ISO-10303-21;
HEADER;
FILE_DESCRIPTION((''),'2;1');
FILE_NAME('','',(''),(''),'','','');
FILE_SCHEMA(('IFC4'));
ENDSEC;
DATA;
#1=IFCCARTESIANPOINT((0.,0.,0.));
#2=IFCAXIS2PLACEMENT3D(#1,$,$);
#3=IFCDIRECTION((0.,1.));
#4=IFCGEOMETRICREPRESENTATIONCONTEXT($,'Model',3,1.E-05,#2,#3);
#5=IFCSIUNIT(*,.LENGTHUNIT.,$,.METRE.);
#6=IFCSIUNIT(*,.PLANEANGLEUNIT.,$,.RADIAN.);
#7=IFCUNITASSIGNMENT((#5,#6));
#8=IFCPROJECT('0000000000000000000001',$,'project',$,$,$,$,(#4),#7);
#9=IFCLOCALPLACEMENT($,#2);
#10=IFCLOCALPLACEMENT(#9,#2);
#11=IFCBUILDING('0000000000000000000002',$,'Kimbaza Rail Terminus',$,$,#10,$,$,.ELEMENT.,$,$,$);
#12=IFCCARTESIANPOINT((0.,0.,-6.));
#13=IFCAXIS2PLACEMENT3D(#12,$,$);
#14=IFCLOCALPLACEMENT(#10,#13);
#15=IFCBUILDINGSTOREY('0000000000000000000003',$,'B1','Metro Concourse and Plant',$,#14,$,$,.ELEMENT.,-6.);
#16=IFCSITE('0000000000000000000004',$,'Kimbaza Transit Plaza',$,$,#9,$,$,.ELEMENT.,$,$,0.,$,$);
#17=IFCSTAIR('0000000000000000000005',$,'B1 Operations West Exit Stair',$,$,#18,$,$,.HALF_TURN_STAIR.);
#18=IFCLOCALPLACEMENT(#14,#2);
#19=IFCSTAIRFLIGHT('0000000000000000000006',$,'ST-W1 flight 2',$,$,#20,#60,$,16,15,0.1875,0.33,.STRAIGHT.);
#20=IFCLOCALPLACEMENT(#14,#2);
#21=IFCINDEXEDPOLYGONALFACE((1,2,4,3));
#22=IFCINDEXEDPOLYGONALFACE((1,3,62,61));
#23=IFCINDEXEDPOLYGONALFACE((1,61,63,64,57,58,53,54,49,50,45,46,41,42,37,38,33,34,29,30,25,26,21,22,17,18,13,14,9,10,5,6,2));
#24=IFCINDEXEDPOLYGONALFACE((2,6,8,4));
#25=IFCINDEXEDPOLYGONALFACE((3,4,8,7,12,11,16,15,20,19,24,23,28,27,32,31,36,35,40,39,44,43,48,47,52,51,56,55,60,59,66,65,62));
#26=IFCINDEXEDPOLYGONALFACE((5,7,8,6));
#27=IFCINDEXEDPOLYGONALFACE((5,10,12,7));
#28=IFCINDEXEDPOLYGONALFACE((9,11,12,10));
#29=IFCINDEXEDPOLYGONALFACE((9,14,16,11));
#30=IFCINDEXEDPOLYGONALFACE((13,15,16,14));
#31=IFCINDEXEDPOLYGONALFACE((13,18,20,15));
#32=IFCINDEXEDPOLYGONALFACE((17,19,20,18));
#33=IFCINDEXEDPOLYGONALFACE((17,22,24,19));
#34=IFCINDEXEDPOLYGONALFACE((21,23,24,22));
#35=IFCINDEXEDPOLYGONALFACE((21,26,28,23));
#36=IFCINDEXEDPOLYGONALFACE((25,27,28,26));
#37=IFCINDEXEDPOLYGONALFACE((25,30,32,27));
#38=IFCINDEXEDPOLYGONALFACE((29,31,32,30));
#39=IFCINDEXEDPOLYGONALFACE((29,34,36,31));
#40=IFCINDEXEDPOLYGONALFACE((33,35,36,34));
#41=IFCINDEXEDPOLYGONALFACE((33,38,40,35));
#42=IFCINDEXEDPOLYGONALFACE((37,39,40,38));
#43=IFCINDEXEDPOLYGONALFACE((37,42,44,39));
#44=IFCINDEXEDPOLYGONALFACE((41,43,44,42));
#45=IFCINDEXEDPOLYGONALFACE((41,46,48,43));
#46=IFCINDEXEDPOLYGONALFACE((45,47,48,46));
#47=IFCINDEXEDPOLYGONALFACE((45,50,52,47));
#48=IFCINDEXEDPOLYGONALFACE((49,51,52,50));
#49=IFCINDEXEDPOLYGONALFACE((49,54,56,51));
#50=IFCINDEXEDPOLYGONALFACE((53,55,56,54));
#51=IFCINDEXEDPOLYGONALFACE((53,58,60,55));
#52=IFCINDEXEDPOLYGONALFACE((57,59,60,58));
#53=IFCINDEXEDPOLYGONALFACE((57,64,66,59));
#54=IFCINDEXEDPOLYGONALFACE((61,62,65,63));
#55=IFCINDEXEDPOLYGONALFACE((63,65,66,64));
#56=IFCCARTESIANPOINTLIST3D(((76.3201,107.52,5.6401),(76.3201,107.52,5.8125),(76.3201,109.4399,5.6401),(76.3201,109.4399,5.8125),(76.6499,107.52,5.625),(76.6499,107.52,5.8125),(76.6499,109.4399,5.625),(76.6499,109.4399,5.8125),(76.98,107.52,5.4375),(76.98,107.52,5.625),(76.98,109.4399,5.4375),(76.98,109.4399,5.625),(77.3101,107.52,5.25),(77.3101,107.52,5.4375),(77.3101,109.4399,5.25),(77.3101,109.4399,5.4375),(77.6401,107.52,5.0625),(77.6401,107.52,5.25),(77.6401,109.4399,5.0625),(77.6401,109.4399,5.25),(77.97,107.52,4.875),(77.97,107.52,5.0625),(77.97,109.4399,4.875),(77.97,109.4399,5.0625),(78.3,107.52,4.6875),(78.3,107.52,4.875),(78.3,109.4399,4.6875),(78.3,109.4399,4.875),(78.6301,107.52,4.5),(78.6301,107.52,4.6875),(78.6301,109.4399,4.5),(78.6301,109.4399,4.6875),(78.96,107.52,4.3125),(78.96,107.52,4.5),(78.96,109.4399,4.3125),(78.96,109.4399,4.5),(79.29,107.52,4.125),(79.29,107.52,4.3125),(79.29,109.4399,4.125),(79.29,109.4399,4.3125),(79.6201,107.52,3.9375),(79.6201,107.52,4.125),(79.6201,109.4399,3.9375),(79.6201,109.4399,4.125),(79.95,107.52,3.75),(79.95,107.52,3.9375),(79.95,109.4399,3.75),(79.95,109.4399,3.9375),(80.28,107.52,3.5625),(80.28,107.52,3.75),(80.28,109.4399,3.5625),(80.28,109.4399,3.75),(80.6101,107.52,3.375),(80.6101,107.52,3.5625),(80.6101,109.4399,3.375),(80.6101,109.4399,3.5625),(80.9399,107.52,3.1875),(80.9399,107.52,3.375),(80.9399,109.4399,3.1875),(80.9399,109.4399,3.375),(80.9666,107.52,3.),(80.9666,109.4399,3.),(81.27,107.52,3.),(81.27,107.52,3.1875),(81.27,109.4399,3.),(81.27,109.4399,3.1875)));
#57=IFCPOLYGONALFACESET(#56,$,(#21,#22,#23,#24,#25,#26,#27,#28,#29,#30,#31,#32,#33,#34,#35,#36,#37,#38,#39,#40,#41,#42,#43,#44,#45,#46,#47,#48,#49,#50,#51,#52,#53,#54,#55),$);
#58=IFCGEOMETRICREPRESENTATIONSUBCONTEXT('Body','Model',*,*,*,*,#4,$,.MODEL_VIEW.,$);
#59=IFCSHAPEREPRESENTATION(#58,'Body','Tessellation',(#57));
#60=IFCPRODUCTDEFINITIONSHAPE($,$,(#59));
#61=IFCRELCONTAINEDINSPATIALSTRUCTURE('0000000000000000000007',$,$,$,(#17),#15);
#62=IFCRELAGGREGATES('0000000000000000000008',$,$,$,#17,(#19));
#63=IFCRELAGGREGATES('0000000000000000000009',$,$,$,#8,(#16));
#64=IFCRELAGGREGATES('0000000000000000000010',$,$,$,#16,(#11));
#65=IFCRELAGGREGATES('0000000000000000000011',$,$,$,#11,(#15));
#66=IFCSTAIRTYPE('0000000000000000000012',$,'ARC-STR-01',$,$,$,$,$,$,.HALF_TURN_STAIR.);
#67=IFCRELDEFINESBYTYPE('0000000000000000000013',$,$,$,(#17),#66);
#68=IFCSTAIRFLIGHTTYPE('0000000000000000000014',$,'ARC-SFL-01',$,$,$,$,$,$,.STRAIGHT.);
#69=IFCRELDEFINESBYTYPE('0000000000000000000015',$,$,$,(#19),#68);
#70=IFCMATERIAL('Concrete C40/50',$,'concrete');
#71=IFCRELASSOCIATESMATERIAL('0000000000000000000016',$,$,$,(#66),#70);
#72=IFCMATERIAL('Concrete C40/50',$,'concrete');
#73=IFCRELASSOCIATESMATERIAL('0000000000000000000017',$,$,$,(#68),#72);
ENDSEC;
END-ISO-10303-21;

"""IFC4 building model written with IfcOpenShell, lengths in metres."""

from ifc_helpers import new_model, si_unit, direction, frame, origin, place, context, subcontext, project, spatial, polyline, outline, extrude, material, type_object, element, aggregate, save


model = new_model("IFC4")

# Units and contexts
model_context = context("Model", 3, precision=1e-05, world=origin(), true_north=direction((0.0, 1.0)))
body_context = subcontext(model_context, "Body", "Model", "MODEL_VIEW")
ifc_project = project(units=[si_unit("LENGTHUNIT", "METRE"), si_unit("PLANEANGLEUNIT", "RADIAN")], contexts=[model_context])

# Site, building, storey
site_placement = place(None, origin())
site = spatial("IfcSite", under=ifc_project, at=site_placement, Name="Kimbaza Transit Plaza", CompositionType="ELEMENT", RefElevation=0.0)
building_placement = place(site_placement, origin())
building = spatial("IfcBuilding", under=site, at=building_placement, Name="Kimbaza Rail Terminus", CompositionType="ELEMENT")
storey_placement = place(building_placement, frame((0.0, 0.0, -6.0)))
storey = spatial("IfcBuildingStorey", under=building, at=storey_placement, Name="B1", Description="Metro Concourse and Plant", CompositionType="ELEMENT", Elevation=-6.0)

# Stair, stair flight
ifc_material_1 = material(Name="Concrete C40/50", Category="concrete")
stair_type = type_object("IfcStairType", Name="ARC-STR-01", PredefinedType="HALF_TURN_STAIR", material=ifc_material_1)
stair_placement = place(storey_placement, origin())
stair = element("IfcStair", 1, at=stair_placement, inside=storey, type_object=stair_type, Name="B1 Operations West Exit Stair", PredefinedType="HALF_TURN_STAIR")
ifc_material_2 = material(Name="Concrete C40/50", Category="concrete")
stair_flight_type = type_object("IfcStairFlightType", Name="ARC-SFL-01", PredefinedType="STRAIGHT", material=ifc_material_2)
stair_flight_placement = place(storey_placement, frame((81.27, 108.48, 3.0), z_axis=(0.0, 0.0, 1.0), x_axis=(-1.0, 0.0, 0.0)))
stair_flight = element("IfcStairFlight", 2, at=stair_flight_placement, type_object=stair_flight_type, Name="ST-W1 flight 2", NumberOfRisers=16, NumberOfTreads=15, PredefinedType="STRAIGHT", RiserHeight=0.1875, TreadLength=0.33, context=body_context, shape_type="SweptSolid", body=[
    extrude(outline(polyline([(0.0, 0.0), (0.0, 0.1875), (0.3301, 0.1875), (0.3301, 0.375), (0.6599, 0.375), (0.6599, 0.5625), (0.99, 0.5625), (0.99, 0.75), (1.3201, 0.75), (1.3201, 0.9375), (1.6499, 0.9375), (1.6499, 1.125), (1.98, 1.125), (1.98, 1.3125), (2.3101, 1.3125), (2.3101, 1.5), (2.6399, 1.5), (2.6399, 1.6875), (2.97, 1.6875), (2.97, 1.875), (3.3, 1.875), (3.3, 2.0625), (3.6299, 2.0625), (3.6299, 2.25), (3.96, 2.25), (3.96, 2.4375), (4.29, 2.4375), (4.29, 2.625), (4.6201, 2.625), (4.6201, 2.8125), (4.95, 2.8125), (4.95, 3.0), (4.95, 2.6401), (0.3035, 0.0), (0.0, 0.0)])), frame((0.0, 0.96, 0.0), z_axis=(0.0, -1.0, 0.0), x_axis=(1.0, 0.0, 0.0)), (0.0, 0.0, 1.0), 1.9199),
])
aggregate(stair, [stair_flight])

save(model, "model.ifc")
